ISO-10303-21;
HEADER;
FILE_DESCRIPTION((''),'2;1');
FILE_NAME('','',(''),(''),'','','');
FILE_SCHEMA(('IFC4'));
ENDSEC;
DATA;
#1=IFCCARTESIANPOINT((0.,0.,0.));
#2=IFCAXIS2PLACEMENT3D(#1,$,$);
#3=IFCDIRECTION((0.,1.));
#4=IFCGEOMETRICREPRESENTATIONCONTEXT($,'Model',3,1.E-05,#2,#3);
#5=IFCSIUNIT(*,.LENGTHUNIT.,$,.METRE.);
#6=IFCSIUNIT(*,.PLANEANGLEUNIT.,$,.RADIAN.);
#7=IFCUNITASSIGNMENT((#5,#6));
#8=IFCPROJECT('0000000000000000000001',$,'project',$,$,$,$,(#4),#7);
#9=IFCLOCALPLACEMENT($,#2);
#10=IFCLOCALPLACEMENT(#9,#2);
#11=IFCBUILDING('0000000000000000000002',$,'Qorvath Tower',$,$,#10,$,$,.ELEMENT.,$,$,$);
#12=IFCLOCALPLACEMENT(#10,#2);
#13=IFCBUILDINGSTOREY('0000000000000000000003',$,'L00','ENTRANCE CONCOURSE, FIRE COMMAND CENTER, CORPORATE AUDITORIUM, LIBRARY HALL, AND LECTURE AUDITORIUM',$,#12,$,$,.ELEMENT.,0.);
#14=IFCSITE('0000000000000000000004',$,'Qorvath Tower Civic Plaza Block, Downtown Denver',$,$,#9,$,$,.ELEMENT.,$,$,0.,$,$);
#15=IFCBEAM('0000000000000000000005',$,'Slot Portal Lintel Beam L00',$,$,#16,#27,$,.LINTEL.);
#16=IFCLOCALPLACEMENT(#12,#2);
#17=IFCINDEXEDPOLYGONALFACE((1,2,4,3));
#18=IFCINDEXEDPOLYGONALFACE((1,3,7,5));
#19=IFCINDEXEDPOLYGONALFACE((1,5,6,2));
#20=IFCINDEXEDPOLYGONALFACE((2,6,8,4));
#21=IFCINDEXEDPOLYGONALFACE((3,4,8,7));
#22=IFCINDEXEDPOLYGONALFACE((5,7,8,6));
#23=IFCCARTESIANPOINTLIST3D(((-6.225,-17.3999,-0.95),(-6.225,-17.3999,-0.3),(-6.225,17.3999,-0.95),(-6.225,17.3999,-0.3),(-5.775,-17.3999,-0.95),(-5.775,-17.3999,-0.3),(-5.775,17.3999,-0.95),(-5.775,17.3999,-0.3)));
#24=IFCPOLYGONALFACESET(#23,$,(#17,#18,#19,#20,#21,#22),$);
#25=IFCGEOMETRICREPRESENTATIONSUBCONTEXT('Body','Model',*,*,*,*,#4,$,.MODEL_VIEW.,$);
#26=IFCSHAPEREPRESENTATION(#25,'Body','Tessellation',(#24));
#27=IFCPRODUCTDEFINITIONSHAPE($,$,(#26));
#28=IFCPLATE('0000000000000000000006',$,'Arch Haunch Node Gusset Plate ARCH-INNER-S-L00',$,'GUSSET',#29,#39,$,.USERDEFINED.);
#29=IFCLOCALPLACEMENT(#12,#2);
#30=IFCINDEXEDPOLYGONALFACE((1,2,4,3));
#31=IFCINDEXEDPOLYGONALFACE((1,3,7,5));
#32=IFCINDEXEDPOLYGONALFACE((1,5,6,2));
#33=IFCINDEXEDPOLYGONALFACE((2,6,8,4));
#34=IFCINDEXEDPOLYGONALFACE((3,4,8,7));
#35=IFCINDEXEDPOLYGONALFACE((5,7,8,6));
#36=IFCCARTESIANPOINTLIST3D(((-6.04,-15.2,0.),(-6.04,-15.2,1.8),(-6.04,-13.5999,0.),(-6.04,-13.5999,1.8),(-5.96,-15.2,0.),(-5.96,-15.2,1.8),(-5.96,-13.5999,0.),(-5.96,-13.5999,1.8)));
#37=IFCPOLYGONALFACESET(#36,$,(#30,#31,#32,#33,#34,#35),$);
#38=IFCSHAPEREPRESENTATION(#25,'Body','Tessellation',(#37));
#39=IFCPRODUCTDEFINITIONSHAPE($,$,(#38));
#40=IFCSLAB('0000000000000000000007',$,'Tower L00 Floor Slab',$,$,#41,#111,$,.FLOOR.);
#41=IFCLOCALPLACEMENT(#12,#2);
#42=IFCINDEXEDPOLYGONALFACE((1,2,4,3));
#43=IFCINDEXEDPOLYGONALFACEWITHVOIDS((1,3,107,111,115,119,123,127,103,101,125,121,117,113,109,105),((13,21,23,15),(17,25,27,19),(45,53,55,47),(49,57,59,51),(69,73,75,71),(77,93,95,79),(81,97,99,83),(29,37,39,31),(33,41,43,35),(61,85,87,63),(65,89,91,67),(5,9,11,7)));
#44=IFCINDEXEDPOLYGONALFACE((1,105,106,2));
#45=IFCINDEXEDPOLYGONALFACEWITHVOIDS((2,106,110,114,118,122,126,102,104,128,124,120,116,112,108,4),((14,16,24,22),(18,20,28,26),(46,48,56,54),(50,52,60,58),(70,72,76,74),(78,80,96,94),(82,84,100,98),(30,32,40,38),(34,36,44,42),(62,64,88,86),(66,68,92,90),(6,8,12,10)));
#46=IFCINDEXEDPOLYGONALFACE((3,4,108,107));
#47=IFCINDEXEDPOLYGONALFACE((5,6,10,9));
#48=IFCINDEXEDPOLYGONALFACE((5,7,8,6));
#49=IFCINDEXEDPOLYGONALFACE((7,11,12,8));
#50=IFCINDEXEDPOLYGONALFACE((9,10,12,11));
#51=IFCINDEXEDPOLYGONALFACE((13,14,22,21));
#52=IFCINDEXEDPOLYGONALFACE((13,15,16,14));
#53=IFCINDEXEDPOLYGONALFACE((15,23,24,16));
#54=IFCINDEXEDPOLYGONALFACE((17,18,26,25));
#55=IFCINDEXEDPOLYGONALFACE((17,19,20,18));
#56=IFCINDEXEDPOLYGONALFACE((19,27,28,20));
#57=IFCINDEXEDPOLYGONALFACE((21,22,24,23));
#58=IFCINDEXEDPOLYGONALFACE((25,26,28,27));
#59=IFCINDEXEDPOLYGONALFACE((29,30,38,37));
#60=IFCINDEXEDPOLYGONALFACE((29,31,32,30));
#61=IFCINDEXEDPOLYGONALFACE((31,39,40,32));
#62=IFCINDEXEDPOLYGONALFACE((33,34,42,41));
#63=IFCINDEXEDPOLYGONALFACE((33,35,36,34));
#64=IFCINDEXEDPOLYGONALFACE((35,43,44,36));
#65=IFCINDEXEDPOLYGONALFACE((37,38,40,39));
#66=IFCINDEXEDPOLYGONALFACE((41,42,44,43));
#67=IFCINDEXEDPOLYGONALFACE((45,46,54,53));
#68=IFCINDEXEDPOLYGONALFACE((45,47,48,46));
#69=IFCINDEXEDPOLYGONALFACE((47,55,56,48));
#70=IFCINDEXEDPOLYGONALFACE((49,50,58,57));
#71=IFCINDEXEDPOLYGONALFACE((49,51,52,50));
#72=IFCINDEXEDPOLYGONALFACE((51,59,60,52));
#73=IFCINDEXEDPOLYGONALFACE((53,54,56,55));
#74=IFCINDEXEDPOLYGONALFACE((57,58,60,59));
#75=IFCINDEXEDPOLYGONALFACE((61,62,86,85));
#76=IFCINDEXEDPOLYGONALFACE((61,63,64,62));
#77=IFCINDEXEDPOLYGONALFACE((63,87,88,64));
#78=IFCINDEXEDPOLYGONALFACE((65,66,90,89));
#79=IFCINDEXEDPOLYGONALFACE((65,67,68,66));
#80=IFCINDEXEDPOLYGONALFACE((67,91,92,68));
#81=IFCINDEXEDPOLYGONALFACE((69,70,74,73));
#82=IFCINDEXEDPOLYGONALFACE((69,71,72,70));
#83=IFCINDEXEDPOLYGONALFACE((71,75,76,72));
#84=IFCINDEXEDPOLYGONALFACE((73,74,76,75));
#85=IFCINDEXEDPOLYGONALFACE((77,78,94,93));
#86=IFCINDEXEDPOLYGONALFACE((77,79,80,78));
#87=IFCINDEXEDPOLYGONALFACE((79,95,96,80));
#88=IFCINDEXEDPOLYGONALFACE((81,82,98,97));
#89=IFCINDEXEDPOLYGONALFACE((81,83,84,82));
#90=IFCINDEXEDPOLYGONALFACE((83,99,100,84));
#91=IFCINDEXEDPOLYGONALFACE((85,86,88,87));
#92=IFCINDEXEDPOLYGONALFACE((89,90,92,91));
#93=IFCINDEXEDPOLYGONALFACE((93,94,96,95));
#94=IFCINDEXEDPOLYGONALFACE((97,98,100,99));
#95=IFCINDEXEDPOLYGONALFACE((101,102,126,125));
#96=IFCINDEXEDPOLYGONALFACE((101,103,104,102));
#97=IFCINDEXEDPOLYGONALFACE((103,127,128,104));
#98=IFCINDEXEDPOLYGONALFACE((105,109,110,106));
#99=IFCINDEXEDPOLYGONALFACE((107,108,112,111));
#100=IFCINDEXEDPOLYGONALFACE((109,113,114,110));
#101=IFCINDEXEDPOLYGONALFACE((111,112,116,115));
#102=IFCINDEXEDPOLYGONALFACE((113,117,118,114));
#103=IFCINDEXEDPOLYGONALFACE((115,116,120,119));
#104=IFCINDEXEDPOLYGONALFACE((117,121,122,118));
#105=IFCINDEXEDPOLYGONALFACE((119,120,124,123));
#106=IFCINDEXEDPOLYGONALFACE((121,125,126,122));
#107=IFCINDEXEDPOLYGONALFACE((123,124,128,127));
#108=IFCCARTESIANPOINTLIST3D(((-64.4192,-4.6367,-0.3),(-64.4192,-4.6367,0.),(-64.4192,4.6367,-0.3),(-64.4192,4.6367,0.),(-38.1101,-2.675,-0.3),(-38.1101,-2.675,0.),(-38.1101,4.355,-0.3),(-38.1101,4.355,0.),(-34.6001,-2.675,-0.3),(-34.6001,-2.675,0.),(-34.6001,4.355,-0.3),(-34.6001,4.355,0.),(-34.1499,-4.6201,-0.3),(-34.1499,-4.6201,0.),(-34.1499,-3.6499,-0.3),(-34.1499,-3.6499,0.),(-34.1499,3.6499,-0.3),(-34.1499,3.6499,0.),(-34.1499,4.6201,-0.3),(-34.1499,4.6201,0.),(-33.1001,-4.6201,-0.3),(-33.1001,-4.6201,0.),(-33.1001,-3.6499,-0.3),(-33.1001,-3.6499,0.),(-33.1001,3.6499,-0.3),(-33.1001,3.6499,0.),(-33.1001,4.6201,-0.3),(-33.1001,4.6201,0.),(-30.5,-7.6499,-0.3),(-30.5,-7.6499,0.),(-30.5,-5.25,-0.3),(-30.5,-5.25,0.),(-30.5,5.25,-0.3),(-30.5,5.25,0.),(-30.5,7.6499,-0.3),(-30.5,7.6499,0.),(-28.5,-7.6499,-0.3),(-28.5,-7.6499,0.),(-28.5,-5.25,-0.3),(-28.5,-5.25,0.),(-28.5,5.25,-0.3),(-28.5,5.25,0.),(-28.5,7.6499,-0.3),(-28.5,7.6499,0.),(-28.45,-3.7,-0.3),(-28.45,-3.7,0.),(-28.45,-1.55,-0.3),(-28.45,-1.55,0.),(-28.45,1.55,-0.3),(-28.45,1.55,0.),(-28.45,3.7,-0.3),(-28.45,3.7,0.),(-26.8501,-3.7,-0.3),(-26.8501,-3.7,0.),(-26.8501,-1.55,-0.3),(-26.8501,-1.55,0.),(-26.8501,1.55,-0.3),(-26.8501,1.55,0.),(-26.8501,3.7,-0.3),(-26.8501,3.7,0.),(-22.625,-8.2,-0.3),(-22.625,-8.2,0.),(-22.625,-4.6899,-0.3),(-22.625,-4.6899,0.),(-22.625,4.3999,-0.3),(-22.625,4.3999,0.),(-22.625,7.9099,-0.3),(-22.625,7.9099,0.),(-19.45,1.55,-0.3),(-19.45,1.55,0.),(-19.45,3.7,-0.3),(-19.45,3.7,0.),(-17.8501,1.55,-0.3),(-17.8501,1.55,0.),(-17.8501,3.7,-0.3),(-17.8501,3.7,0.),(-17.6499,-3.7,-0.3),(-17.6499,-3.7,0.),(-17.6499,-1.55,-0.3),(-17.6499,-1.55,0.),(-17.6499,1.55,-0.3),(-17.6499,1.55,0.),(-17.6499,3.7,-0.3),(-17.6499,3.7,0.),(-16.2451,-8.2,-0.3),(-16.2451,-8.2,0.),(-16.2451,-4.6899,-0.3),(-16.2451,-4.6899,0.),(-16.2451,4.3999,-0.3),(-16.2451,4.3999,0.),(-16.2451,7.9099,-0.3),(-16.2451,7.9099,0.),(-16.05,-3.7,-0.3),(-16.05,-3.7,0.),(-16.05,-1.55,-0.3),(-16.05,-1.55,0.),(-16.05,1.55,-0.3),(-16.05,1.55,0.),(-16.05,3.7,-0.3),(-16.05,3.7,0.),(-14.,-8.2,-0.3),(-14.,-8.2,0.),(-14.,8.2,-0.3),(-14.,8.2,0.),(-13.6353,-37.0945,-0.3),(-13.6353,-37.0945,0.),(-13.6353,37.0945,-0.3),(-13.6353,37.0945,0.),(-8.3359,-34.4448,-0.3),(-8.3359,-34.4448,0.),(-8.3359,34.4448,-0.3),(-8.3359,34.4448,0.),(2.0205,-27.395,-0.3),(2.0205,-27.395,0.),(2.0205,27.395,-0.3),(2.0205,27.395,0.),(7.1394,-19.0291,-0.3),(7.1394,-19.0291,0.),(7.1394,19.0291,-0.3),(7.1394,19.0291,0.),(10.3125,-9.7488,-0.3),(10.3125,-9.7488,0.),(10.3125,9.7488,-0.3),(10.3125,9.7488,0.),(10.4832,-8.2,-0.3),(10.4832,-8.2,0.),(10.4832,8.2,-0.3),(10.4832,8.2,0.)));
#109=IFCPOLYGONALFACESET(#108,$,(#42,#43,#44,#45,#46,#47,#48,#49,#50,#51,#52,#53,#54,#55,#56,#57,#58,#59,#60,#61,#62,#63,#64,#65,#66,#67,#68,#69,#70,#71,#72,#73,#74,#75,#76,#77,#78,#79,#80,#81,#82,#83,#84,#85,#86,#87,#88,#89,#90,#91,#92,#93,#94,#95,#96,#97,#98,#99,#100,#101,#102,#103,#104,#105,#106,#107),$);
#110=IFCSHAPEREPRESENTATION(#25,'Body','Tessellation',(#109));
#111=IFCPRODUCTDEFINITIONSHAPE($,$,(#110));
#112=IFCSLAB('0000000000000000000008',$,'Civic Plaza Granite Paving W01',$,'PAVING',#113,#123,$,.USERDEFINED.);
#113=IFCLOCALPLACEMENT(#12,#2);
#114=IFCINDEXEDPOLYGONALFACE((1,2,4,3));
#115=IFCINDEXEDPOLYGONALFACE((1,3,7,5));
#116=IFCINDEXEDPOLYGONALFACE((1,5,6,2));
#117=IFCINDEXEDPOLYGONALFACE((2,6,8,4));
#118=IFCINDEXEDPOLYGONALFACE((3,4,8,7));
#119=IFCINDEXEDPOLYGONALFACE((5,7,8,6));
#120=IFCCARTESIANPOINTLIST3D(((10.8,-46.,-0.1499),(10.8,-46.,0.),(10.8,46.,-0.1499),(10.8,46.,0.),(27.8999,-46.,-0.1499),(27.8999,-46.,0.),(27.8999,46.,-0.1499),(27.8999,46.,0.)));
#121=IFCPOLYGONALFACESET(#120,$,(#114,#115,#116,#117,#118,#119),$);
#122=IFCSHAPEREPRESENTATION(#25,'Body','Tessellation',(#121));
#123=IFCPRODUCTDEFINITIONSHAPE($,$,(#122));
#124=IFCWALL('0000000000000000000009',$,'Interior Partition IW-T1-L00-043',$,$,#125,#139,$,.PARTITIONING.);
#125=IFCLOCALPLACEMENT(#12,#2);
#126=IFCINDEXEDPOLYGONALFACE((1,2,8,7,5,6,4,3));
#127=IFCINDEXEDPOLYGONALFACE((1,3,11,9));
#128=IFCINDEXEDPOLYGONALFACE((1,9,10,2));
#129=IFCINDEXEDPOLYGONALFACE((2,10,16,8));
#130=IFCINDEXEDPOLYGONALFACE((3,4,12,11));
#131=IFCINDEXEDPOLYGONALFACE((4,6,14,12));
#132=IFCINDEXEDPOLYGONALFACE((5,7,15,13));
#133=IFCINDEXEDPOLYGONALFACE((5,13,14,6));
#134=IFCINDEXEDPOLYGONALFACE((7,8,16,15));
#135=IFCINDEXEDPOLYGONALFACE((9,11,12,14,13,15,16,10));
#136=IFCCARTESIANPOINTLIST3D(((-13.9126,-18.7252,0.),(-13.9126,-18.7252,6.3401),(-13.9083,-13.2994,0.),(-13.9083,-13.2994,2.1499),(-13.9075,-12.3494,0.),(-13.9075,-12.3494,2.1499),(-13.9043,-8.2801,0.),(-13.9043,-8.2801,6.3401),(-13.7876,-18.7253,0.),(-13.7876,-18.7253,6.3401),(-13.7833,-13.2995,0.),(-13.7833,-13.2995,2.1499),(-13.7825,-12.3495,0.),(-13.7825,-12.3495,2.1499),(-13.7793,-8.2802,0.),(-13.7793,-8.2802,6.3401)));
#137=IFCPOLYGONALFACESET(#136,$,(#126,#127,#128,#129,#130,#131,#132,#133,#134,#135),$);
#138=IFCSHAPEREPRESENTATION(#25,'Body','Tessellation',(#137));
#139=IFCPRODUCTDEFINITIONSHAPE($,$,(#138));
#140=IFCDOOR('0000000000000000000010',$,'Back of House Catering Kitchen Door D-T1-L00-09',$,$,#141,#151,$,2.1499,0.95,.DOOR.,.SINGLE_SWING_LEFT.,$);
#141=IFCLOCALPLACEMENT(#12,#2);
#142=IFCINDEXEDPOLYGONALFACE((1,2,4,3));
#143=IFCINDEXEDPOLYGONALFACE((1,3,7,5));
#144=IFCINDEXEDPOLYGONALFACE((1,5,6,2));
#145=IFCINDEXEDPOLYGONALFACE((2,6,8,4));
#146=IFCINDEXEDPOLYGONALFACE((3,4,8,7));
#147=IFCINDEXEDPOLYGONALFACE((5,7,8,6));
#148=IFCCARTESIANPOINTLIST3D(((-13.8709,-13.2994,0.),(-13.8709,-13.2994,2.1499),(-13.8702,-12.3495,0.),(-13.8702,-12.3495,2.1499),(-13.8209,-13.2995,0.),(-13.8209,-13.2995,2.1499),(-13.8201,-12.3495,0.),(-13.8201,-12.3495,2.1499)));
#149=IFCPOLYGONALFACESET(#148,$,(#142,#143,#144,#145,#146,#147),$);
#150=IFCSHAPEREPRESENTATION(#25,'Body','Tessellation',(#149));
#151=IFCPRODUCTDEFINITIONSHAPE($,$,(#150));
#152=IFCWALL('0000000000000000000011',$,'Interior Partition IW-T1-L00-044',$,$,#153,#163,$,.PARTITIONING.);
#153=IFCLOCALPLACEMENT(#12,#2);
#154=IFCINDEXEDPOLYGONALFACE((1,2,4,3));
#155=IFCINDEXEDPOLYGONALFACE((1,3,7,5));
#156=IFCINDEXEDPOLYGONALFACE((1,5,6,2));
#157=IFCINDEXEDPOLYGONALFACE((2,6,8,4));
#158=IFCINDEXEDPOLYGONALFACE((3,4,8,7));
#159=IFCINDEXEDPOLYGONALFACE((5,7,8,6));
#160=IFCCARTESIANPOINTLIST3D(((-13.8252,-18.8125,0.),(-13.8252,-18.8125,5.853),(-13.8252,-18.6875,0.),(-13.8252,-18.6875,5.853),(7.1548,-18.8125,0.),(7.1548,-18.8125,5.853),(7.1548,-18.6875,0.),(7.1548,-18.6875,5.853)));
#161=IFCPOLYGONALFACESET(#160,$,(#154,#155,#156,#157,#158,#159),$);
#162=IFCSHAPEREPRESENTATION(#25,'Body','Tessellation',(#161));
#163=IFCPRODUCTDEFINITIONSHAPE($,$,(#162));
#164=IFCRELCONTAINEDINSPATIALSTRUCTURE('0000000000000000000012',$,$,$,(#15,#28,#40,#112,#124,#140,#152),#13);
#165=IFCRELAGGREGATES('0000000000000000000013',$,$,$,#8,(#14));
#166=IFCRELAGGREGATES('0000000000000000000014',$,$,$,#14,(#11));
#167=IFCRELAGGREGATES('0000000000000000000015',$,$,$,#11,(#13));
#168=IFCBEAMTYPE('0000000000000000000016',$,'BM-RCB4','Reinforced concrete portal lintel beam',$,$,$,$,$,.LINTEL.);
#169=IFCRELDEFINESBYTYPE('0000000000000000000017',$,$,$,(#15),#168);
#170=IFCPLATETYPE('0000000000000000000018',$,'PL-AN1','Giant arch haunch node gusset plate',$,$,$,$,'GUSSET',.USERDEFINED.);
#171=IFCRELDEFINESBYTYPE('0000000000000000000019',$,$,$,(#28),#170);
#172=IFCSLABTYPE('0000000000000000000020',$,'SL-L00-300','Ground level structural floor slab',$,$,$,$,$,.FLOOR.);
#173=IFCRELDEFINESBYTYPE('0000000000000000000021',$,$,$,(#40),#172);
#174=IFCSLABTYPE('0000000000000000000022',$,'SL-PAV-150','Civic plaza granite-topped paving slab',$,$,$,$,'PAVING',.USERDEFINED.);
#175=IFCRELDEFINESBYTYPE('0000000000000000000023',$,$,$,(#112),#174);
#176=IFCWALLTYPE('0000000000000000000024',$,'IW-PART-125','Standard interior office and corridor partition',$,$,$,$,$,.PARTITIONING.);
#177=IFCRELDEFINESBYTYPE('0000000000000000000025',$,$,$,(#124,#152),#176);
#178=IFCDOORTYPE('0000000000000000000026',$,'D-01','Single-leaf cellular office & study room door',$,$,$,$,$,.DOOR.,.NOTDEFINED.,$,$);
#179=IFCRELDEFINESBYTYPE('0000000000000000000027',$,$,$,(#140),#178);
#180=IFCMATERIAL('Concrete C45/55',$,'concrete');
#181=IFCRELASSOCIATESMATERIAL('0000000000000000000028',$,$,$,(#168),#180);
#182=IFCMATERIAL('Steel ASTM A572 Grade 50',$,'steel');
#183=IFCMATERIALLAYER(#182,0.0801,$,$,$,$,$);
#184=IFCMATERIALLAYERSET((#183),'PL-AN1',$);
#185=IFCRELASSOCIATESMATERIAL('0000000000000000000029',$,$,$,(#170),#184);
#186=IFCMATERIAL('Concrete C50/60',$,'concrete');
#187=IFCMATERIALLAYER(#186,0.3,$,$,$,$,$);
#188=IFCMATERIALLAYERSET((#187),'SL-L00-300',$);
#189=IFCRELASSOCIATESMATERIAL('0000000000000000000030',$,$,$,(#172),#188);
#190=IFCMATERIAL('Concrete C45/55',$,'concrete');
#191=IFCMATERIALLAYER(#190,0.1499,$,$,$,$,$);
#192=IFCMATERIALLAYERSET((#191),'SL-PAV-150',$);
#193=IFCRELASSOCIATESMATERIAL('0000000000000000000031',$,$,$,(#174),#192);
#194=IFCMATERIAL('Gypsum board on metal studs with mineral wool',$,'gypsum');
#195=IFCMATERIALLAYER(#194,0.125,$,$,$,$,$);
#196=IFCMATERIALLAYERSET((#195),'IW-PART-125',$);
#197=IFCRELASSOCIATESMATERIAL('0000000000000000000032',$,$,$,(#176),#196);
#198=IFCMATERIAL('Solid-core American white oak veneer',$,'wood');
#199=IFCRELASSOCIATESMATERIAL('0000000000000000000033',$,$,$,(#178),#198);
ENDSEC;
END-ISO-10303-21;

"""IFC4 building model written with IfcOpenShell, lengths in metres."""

from ifc_helpers import new_model, si_unit, direction, frame, frame_2d, origin, origin_2d, place, context, subcontext, project, spatial, polyline, rectangle, outline, extrude, material, layer, layer_set, material_profile, profile_set, type_object, element, fill, save


model = new_model("IFC4")

# Units and contexts
model_context = context("Model", 3, precision=1e-05, world=origin(), true_north=direction((0.0, 1.0)))
body_context = subcontext(model_context, "Body", "Model", "MODEL_VIEW")
ifc_project = project(units=[si_unit("LENGTHUNIT", "METRE"), si_unit("PLANEANGLEUNIT", "RADIAN")], contexts=[model_context])

# Site, building, storey
site_placement = place(None, origin())
site = spatial("IfcSite", under=ifc_project, at=site_placement, Name="Qorvath Tower Civic Plaza Block, Downtown Denver", CompositionType="ELEMENT", RefElevation=0.0)
building_placement = place(site_placement, origin())
building = spatial("IfcBuilding", under=site, at=building_placement, Name="Qorvath Tower", CompositionType="ELEMENT")
storey_placement = place(building_placement, origin())
storey = spatial("IfcBuildingStorey", under=building, at=storey_placement, Name="L00", Description="ENTRANCE CONCOURSE, FIRE COMMAND CENTER, CORPORATE AUDITORIUM, LIBRARY HALL, AND LECTURE AUDITORIUM", CompositionType="ELEMENT", Elevation=0.0)

# Beam
ifc_material_1 = material(Name="Concrete C45/55", Category="concrete")
ifc_material_profile_1 = material_profile(ifc_material_1, rectangle(XDim=0.45, YDim=0.6499, at=origin_2d()), Name="RCB 650x450")
ifc_profile_set_1 = profile_set([ifc_material_profile_1], Name="Concrete C45/55")
beam_type_1 = type_object("IfcBeamType", Name="BM-RCB4", Description="Reinforced concrete portal lintel beam", PredefinedType="LINTEL", material=ifc_profile_set_1)
beam_1_placement = place(storey_placement, frame((-6.0, -17.3999, -0.625), z_axis=(0.0, 1.0, 0.0), x_axis=(-1.0, 0.0, 0.0)))
element("IfcBeam", 1, at=beam_1_placement, inside=storey, type_object=beam_type_1, Name="Slot Portal Lintel Beam L00", PredefinedType="LINTEL", context=body_context, shape_type="SweptSolid", body=[
    extrude(rectangle(XDim=0.45, YDim=0.6499, at=origin_2d()), origin(), (0.0, 0.0, 1.0), 34.7998),
])

# Plate
ifc_material_2 = material(Name="Steel ASTM A572 Grade 50", Category="steel")
ifc_layer_1 = layer(ifc_material_2, 0.0801)
ifc_layer_set_1 = layer_set([ifc_layer_1], Name="PL-AN1")
plate_type = type_object("IfcPlateType", Name="PL-AN1", Description="Giant arch haunch node gusset plate", ElementType="GUSSET", PredefinedType="USERDEFINED", material=ifc_layer_set_1)
plate_placement = place(storey_placement, frame((-6.0, -14.3999, 0.0), z_axis=(0.0, 0.0, 1.0), x_axis=(0.0, 1.0, 0.0)))
element("IfcPlate", 2, at=plate_placement, inside=storey, type_object=plate_type, Name="Arch Haunch Node Gusset Plate ARCH-INNER-S-L00", ObjectType="GUSSET", PredefinedType="USERDEFINED", context=body_context, shape_type="SweptSolid", body=[
    extrude(rectangle(XDim=1.6001, YDim=0.0801, at=origin_2d()), origin(), (0.0, 0.0, 1.0), 1.8),
])

# Slabs
ifc_material_3 = material(Name="Concrete C50/60", Category="concrete")
ifc_layer_2 = layer(ifc_material_3, 0.3)
ifc_layer_set_2 = layer_set([ifc_layer_2], Name="SL-L00-300")
slab_type_1 = type_object("IfcSlabType", Name="SL-L00-300", Description="Ground level structural floor slab", PredefinedType="FLOOR", material=ifc_layer_set_2)
slab_1_placement = place(storey_placement, frame((0.0, 0.0, -0.3)))
element("IfcSlab", 3, at=slab_1_placement, inside=storey, type_object=slab_type_1, Name="Tower L00 Floor Slab", PredefinedType="FLOOR", context=body_context, shape_type="SweptSolid", body=[
    extrude(outline(polyline([(10.3125, -9.7488), (10.4832, -8.2), (-14.0, -8.2), (-14.0, 8.2), (10.4832, 8.2), (10.3125, 9.7488), (7.1394, 19.0291), (2.0205, 27.395), (-8.3359, 34.4448), (-13.6353, 37.0945), (-64.4192, 4.6367), (-64.4192, -4.6367), (-13.6353, -37.0945), (-8.3359, -34.4448), (2.0205, -27.395), (7.1394, -19.0291), (10.3125, -9.7488)]), holes=[polyline([(-17.6499, -3.7), (-17.6499, -1.55), (-16.05, -1.55), (-16.05, -3.7), (-17.6499, -3.7)]), polyline([(-17.6499, 1.55), (-17.6499, 3.7), (-16.05, 3.7), (-16.05, 1.55), (-17.6499, 1.55)]), polyline([(-16.2451, -8.2), (-22.625, -8.2), (-22.625, -4.6899), (-16.2451, -4.6899), (-16.2451, -8.2)]), polyline([(-22.625, 4.3999), (-22.625, 7.9099), (-16.2451, 7.9099), (-16.2451, 4.3999), (-22.625, 4.3999)]), polyline([(-17.8501, 1.55), (-19.45, 1.55), (-19.45, 3.7), (-17.8501, 3.7), (-17.8501, 1.55)]), polyline([(-28.45, -3.7), (-28.45, -1.55), (-26.8501, -1.55), (-26.8501, -3.7), (-28.45, -3.7)]), polyline([(-26.8501, 1.55), (-28.45, 1.55), (-28.45, 3.7), (-26.8501, 3.7), (-26.8501, 1.55)]), polyline([(-28.5, -7.6499), (-30.5, -7.6499), (-30.5, -5.25), (-28.5, -5.25), (-28.5, -7.6499)]), polyline([(-30.5, 5.25), (-30.5, 7.6499), (-28.5, 7.6499), (-28.5, 5.25), (-30.5, 5.25)]), polyline([(-34.1499, -4.6201), (-34.1499, -3.6499), (-33.1001, -3.6499), (-33.1001, -4.6201), (-34.1499, -4.6201)]), polyline([(-34.1499, 3.6499), (-34.1499, 4.6201), (-33.1001, 4.6201), (-33.1001, 3.6499), (-34.1499, 3.6499)]), polyline([(-34.6001, -2.675), (-38.1101, -2.675), (-38.1101, 4.355), (-34.6001, 4.355), (-34.6001, -2.675)])]), origin(), (0.0, 0.0, 1.0), 0.3),
])
ifc_material_4 = material(Name="Concrete C45/55", Category="concrete")
ifc_layer_3 = layer(ifc_material_4, 0.1499)
ifc_layer_set_3 = layer_set([ifc_layer_3], Name="SL-PAV-150")
slab_type_2 = type_object("IfcSlabType", Name="SL-PAV-150", Description="Civic plaza granite-topped paving slab", ElementType="PAVING", PredefinedType="USERDEFINED", material=ifc_layer_set_3)
slab_2_placement = place(storey_placement, frame((0.0, 0.0, -0.1499)))
element("IfcSlab", 4, at=slab_2_placement, inside=storey, type_object=slab_type_2, Name="Civic Plaza Granite Paving W01", ObjectType="PAVING", PredefinedType="USERDEFINED", context=body_context, shape_type="SweptSolid", body=[
    extrude(outline(polyline([(27.8999, 46.0), (10.8, 46.0), (10.8, -46.0), (27.8999, -46.0), (27.8999, 46.0)])), origin(), (0.0, 0.0, 1.0), 0.1499),
])

# Wall, opening, door
ifc_material_5 = material(Name="Gypsum board on metal studs with mineral wool", Category="gypsum")
ifc_layer_4 = layer(ifc_material_5, 0.125)
ifc_layer_set_4 = layer_set([ifc_layer_4], Name="IW-PART-125")
wall_type_1 = type_object("IfcWallType", Name="IW-PART-125", Description="Standard interior office and corridor partition", PredefinedType="PARTITIONING", material=ifc_layer_set_4)
wall_1_placement = place(storey_placement, frame((-13.8418, -8.28, 0.0), z_axis=(0.0, 0.0, 1.0), x_axis=(-0.000795, -1.0, 0.0)))
wall_1 = element("IfcWall", 5, at=wall_1_placement, inside=storey, type_object=wall_type_1, Name="Interior Partition IW-T1-L00-043", PredefinedType="PARTITIONING", context=body_context, shape_type="SweptSolid", body=[
    extrude(rectangle(XDim=10.4451, YDim=0.125, at=frame_2d((5.2227, 0.0))), origin(), (0.0, 0.0, 1.0), 6.3401),
])
opening_1_placement = place(wall_1_placement, frame((4.0693, 0.0, 0.0)))
opening_1 = element("IfcOpeningElement", 6, at=opening_1_placement, cuts=wall_1, PredefinedType="OPENING", context=body_context, shape_type="SweptSolid", body=[
    extrude(rectangle(XDim=0.95, YDim=2.1499, at=frame_2d((0.4751, 1.075))), frame((0.0, 0.0725, 0.0), z_axis=(0.0, -1.0, 0.0), x_axis=(1.0, 0.0, 0.0)), (0.0, 0.0, 1.0), 0.145),
])
ifc_material_6 = material(Name="Solid-core American white oak veneer", Category="wood")
door_type_1 = type_object("IfcDoorType", Name="D-01", Description="Single-leaf cellular office & study room door", OperationType="NOTDEFINED", PredefinedType="DOOR", material=ifc_material_6)
door_1_placement = place(opening_1_placement, origin())
door_1 = element("IfcDoor", 7, at=door_1_placement, inside=storey, type_object=door_type_1, Name="Back of House Catering Kitchen Door D-T1-L00-09", OperationType="SINGLE_SWING_LEFT", OverallHeight=2.1499, OverallWidth=0.95, PredefinedType="DOOR", context=body_context, shape_type="SweptSolid", body=[
    extrude(rectangle(XDim=0.95, YDim=2.1499, at=frame_2d((0.4751, 1.075))), frame((0.0, 0.0249, 0.0), z_axis=(0.0, -1.0, 0.0), x_axis=(1.0, 0.0, 0.0)), (0.0, 0.0, 1.0), 0.05),
])
fill(opening_1, door_1)

# Wall
wall_2_placement = place(storey_placement, frame((-13.8252, -18.75, 0.0), z_axis=(0.0, 0.0, 1.0), x_axis=(1.0, 0.0, 0.0)))
element("IfcWall", 8, at=wall_2_placement, inside=storey, type_object=wall_type_1, Name="Interior Partition IW-T1-L00-044", PredefinedType="PARTITIONING", context=body_context, shape_type="SweptSolid", body=[
    extrude(rectangle(XDim=20.98, YDim=0.125, at=frame_2d((10.49, 0.0))), origin(), (0.0, 0.0, 1.0), 5.853),
])

save(model, "model.ifc")
